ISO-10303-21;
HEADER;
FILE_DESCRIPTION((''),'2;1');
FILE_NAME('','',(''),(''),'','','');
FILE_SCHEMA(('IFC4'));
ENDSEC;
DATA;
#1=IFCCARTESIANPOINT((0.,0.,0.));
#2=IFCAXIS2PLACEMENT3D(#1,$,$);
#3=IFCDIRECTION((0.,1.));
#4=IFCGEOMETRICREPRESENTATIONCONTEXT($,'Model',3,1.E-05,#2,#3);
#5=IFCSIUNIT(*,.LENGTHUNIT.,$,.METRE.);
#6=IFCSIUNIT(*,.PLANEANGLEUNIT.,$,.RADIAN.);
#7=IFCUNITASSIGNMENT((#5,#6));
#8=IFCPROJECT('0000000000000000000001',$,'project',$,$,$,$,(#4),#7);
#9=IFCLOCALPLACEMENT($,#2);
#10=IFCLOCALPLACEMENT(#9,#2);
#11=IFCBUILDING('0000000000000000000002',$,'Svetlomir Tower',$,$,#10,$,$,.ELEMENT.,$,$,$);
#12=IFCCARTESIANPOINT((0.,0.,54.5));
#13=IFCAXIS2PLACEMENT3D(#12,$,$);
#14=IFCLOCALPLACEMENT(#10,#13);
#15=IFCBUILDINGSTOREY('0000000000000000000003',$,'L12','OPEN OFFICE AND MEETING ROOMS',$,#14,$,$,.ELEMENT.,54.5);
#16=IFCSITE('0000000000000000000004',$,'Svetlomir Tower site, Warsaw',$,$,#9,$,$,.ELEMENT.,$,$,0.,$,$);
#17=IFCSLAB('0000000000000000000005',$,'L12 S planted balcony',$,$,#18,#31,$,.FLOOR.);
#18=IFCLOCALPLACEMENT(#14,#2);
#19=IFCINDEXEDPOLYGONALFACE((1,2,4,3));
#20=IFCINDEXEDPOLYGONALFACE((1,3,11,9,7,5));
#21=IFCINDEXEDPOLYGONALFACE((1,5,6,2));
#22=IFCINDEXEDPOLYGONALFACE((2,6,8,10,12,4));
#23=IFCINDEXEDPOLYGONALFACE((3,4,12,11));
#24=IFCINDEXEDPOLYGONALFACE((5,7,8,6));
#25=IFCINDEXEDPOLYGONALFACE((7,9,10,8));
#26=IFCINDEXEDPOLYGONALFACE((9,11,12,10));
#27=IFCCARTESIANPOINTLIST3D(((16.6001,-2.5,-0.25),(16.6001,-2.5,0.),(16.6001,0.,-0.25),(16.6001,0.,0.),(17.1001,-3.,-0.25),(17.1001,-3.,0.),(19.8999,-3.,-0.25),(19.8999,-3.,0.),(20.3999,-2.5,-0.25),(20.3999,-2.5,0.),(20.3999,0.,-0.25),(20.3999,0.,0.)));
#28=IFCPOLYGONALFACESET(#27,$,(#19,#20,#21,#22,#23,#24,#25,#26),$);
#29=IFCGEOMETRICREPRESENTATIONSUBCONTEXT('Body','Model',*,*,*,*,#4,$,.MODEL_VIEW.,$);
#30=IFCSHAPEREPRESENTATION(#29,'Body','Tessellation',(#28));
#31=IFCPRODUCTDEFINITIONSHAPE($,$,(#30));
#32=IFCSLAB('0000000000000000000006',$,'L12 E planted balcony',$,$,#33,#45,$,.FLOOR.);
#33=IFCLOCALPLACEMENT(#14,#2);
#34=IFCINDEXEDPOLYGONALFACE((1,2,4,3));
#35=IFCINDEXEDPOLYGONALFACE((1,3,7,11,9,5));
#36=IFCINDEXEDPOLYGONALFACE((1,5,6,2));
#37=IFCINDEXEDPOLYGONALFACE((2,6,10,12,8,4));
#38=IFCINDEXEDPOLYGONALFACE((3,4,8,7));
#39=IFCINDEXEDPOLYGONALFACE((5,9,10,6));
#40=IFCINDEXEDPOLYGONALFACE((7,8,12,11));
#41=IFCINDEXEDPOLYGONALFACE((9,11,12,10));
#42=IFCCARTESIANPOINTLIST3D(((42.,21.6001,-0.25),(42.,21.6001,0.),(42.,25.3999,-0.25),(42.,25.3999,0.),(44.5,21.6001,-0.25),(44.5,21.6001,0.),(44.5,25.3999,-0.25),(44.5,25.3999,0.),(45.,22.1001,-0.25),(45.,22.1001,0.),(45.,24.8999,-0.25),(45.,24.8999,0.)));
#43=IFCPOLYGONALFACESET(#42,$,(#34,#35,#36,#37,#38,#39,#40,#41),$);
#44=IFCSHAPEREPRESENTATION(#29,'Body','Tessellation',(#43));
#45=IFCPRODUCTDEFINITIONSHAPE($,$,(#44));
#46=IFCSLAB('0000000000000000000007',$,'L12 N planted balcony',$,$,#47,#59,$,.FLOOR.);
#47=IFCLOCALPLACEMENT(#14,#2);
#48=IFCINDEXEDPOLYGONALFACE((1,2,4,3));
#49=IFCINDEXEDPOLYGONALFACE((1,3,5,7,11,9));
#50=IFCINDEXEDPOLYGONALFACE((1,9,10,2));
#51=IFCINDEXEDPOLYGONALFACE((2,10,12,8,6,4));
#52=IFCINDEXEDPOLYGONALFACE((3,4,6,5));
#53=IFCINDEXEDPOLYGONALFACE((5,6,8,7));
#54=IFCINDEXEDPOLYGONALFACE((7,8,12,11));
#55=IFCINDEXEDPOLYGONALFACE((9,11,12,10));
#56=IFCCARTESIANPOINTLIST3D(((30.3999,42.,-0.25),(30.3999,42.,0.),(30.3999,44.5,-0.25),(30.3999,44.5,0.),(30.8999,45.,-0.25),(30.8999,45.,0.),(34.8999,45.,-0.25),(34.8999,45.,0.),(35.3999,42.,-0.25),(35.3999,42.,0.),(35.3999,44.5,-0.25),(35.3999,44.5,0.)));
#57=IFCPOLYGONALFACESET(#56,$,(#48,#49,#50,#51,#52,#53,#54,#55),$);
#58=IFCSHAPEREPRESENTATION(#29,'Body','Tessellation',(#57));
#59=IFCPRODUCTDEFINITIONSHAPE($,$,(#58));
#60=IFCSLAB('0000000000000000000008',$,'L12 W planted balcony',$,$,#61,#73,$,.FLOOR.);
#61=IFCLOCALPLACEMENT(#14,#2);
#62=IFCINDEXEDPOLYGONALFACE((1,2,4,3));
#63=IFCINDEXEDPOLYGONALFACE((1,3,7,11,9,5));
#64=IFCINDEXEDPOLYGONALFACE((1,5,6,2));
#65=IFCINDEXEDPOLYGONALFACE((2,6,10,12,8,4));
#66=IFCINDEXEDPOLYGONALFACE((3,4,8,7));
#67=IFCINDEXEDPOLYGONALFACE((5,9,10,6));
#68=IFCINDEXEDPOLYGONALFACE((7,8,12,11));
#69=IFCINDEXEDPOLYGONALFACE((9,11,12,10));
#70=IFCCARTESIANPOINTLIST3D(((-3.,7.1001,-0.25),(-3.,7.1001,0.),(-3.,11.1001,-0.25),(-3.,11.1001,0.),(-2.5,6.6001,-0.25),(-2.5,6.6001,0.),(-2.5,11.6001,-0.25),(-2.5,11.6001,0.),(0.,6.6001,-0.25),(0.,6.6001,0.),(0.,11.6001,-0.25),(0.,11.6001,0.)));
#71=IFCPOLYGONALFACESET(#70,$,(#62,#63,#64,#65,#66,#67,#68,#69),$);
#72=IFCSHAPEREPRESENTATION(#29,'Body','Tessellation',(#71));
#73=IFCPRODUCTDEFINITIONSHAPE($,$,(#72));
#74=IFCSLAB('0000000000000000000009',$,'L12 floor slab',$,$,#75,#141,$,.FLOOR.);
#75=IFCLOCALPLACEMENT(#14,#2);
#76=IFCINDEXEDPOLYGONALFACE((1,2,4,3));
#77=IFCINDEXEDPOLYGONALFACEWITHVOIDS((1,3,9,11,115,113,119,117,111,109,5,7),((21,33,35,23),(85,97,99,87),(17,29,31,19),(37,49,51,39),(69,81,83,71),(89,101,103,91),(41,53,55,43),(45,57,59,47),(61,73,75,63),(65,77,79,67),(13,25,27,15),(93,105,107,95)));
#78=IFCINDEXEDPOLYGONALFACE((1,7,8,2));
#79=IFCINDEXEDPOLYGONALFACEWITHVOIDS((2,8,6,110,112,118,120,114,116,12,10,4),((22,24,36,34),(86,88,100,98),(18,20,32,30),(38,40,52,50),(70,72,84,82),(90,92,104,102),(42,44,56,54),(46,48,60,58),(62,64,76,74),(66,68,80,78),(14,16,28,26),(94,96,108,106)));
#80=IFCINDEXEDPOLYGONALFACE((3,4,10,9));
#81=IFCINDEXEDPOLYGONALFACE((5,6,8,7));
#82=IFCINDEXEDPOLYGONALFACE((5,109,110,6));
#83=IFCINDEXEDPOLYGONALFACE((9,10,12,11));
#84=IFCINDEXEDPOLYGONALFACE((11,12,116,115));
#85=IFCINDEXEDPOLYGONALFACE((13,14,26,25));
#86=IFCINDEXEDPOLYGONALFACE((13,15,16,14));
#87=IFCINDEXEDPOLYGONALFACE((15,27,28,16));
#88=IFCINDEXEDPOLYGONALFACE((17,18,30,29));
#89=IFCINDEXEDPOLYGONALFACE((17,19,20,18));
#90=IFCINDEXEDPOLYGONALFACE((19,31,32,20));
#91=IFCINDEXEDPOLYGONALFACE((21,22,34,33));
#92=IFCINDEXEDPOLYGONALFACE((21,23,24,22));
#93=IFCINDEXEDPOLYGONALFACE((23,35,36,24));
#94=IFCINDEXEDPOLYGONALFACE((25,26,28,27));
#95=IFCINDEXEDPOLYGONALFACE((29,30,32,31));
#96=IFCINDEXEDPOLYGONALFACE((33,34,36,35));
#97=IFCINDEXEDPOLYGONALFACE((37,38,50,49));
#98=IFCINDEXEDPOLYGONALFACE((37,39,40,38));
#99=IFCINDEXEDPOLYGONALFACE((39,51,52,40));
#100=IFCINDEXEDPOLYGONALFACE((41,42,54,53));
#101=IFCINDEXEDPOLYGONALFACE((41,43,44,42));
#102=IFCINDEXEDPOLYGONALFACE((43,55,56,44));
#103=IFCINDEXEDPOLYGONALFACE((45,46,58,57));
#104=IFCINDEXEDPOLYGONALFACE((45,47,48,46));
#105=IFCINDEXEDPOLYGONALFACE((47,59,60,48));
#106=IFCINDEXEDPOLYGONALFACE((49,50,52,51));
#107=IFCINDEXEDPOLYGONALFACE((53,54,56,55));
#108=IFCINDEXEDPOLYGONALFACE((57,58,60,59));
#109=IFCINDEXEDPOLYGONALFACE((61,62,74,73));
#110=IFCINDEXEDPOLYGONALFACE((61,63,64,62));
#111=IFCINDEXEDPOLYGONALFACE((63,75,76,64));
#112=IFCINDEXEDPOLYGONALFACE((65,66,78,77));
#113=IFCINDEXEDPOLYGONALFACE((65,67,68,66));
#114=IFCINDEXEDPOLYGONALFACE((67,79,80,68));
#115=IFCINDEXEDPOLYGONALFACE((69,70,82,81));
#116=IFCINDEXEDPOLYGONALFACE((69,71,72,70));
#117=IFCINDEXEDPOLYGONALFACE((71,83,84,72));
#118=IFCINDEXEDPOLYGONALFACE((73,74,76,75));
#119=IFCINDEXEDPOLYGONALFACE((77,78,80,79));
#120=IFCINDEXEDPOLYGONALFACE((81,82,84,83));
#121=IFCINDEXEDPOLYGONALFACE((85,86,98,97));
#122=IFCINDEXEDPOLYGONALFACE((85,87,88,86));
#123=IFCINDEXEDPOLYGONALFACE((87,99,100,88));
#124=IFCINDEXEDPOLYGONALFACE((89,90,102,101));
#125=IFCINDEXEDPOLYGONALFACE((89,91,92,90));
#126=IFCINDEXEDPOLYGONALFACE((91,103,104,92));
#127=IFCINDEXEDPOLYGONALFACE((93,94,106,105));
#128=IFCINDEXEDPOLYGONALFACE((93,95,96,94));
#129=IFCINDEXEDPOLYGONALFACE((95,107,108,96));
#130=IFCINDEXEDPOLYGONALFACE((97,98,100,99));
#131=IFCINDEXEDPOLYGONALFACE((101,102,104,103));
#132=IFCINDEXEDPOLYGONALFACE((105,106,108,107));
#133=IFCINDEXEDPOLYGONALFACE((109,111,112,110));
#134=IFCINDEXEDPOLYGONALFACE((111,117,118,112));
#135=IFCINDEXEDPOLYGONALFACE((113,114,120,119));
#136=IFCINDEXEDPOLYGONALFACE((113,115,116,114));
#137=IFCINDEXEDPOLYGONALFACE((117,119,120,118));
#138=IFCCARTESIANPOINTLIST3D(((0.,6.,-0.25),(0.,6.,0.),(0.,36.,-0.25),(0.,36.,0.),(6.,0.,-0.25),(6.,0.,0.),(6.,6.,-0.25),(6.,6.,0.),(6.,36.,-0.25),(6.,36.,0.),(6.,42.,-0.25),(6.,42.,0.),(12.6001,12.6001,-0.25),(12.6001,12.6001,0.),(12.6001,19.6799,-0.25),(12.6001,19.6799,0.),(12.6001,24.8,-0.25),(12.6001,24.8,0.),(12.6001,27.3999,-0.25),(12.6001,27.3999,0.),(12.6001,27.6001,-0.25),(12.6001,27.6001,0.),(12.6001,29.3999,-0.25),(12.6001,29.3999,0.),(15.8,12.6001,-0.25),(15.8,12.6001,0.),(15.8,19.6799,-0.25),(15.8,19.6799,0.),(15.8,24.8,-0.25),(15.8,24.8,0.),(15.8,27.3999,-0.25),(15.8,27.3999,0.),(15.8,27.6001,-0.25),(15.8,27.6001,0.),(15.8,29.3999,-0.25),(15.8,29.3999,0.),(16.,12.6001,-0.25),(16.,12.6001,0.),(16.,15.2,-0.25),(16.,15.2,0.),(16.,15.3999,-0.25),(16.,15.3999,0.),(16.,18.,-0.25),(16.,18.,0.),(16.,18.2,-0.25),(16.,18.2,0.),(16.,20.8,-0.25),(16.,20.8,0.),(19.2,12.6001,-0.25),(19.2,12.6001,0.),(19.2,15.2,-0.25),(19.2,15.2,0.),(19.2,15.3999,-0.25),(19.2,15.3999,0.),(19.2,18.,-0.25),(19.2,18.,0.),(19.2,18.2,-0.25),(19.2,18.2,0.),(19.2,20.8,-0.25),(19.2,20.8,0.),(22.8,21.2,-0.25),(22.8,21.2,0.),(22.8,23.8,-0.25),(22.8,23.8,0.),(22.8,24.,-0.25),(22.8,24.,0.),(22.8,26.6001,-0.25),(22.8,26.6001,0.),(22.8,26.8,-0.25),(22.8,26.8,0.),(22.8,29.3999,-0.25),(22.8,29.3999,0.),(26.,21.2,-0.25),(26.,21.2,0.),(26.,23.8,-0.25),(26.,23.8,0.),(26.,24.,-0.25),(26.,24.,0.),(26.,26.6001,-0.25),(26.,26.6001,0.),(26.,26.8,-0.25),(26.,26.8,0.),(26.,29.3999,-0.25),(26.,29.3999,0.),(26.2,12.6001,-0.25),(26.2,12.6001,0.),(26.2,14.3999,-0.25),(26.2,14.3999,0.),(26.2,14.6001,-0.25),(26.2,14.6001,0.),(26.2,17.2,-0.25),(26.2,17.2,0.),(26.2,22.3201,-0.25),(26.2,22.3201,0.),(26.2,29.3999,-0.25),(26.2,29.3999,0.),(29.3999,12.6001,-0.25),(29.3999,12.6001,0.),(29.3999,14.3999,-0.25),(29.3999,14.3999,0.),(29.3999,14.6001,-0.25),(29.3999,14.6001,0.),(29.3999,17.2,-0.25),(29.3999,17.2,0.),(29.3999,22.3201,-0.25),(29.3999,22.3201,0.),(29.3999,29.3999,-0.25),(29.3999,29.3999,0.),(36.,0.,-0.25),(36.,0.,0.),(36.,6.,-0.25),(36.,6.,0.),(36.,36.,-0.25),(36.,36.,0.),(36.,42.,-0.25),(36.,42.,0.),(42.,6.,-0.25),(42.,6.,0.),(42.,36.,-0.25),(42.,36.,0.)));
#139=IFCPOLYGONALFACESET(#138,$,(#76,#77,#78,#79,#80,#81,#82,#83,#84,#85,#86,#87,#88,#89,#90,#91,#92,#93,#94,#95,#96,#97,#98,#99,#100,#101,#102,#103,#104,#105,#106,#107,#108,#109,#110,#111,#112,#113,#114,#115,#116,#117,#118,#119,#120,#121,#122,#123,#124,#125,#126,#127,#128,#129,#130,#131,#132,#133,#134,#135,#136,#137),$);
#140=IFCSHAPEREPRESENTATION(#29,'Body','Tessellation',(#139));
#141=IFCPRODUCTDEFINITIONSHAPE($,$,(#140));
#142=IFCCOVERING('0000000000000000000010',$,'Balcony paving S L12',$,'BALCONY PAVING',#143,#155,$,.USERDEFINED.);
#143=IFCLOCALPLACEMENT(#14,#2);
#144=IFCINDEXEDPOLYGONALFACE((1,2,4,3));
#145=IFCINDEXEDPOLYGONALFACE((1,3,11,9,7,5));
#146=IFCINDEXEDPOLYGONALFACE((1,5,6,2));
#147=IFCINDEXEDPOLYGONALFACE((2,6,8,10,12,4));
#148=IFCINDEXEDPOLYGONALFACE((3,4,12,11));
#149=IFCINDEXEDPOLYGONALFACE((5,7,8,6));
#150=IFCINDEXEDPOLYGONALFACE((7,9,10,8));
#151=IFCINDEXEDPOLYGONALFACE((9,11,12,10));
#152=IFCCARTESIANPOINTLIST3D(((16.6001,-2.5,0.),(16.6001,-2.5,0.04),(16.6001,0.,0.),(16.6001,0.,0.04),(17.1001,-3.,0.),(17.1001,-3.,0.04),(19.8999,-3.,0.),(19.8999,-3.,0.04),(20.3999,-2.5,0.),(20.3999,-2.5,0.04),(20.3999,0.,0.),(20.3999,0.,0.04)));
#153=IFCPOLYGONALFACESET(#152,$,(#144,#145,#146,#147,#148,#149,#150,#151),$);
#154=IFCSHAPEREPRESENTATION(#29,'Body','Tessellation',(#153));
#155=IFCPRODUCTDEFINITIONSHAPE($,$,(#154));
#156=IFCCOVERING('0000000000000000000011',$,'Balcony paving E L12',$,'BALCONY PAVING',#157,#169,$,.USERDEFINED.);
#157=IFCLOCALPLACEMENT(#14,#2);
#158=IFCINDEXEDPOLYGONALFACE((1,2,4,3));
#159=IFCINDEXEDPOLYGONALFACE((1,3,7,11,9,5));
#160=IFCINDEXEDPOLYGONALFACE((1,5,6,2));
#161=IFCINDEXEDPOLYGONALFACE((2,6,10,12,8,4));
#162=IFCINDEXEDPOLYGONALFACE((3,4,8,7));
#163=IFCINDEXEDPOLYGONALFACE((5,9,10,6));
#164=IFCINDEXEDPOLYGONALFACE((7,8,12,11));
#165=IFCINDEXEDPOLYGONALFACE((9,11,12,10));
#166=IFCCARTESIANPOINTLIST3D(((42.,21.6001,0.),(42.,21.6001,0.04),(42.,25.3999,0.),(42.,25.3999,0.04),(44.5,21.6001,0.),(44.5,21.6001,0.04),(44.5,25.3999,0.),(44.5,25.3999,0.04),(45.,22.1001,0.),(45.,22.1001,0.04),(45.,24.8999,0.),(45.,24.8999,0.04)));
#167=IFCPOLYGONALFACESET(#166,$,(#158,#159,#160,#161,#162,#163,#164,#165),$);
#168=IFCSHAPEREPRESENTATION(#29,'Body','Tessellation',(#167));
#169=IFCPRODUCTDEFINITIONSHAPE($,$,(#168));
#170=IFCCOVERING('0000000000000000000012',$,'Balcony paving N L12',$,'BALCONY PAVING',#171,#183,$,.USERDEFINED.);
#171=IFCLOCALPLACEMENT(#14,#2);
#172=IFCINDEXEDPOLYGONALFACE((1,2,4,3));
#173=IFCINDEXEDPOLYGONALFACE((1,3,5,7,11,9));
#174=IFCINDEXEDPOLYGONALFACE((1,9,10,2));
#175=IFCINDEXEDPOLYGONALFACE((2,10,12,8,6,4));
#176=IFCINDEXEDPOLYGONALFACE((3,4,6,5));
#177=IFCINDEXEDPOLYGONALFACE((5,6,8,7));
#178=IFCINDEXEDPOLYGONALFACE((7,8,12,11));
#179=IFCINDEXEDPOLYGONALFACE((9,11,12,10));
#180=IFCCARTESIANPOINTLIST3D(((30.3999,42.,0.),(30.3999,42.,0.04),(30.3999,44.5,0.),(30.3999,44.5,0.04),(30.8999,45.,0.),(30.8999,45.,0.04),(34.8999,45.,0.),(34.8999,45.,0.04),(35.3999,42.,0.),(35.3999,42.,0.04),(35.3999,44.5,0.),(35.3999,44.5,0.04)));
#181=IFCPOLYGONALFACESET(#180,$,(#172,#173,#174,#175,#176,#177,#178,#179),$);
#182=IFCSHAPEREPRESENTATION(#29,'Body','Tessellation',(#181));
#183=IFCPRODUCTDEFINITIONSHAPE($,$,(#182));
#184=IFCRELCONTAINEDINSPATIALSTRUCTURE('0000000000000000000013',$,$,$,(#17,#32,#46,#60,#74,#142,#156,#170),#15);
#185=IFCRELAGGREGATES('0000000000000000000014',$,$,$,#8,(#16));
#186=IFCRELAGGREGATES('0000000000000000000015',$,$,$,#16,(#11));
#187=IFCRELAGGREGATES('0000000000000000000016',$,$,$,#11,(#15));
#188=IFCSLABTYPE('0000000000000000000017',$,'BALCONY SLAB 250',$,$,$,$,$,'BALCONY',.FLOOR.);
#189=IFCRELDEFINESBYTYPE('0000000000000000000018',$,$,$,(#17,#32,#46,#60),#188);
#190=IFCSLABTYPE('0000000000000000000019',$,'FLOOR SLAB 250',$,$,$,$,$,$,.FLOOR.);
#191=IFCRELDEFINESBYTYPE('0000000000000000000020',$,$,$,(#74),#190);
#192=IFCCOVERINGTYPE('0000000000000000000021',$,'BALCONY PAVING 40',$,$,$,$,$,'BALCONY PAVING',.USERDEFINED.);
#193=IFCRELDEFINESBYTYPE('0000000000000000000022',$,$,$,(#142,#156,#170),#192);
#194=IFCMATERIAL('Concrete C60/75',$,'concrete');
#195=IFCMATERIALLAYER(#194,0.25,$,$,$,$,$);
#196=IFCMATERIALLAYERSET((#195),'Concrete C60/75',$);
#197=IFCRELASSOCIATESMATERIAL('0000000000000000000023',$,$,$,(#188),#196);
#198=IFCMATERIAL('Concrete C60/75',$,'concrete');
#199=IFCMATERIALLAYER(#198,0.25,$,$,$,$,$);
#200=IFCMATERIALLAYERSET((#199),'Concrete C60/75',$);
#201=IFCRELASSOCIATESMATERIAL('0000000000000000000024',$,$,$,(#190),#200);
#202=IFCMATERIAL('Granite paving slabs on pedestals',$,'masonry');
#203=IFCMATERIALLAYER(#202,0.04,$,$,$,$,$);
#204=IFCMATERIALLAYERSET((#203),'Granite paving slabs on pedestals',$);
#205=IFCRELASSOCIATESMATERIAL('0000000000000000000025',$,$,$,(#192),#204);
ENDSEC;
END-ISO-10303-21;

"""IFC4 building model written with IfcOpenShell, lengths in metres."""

from ifc_helpers import new_model, si_unit, direction, frame, origin, place, context, subcontext, project, spatial, polyline, outline, extrude, material, layer, layer_set, type_object, element, save


model = new_model("IFC4")

# Units and contexts
model_context = context("Model", 3, precision=1e-05, world=origin(), true_north=direction((0.0, 1.0)))
body_context = subcontext(model_context, "Body", "Model", "MODEL_VIEW")
ifc_project = project(units=[si_unit("LENGTHUNIT", "METRE"), si_unit("PLANEANGLEUNIT", "RADIAN")], contexts=[model_context])

# Site, building, storey
site_placement = place(None, origin())
site = spatial("IfcSite", under=ifc_project, at=site_placement, Name="Svetlomir Tower site, Warsaw", CompositionType="ELEMENT", RefElevation=0.0)
building_placement = place(site_placement, origin())
building = spatial("IfcBuilding", under=site, at=building_placement, Name="Svetlomir Tower", CompositionType="ELEMENT")
storey_placement = place(building_placement, frame((0.0, 0.0, 54.5)))
storey = spatial("IfcBuildingStorey", under=building, at=storey_placement, Name="L12", Description="OPEN OFFICE AND MEETING ROOMS", CompositionType="ELEMENT", Elevation=54.5)

# Slabs
ifc_material_1 = material(Name="Concrete C60/75", Category="concrete")
ifc_layer_1 = layer(ifc_material_1, 0.25)
ifc_layer_set_1 = layer_set([ifc_layer_1], Name="Concrete C60/75")
slab_type_1 = type_object("IfcSlabType", Name="BALCONY SLAB 250", ElementType="BALCONY", PredefinedType="FLOOR", material=ifc_layer_set_1)
slab_1_placement = place(storey_placement, frame((0.0, 0.0, -0.25)))
element("IfcSlab", 1, at=slab_1_placement, inside=storey, type_object=slab_type_1, Name="L12 S planted balcony", PredefinedType="FLOOR", context=body_context, shape_type="SweptSolid", body=[
    extrude(outline(polyline([(16.6001, -2.5), (17.1001, -3.0), (19.8999, -3.0), (20.3999, -2.5), (20.3999, 0.0), (16.6001, 0.0), (16.6001, -2.5)])), origin(), (0.0, 0.0, 1.0), 0.25),
])
slab_2_placement = place(storey_placement, frame((0.0, 0.0, -0.25)))
element("IfcSlab", 2, at=slab_2_placement, inside=storey, type_object=slab_type_1, Name="L12 E planted balcony", PredefinedType="FLOOR", context=body_context, shape_type="SweptSolid", body=[
    extrude(outline(polyline([(42.0, 21.6001), (44.5, 21.6001), (45.0, 22.1001), (45.0, 24.8999), (44.5, 25.3999), (42.0, 25.3999), (42.0, 21.6001)])), origin(), (0.0, 0.0, 1.0), 0.25),
])
slab_3_placement = place(storey_placement, frame((0.0, 0.0, -0.25)))
element("IfcSlab", 3, at=slab_3_placement, inside=storey, type_object=slab_type_1, Name="L12 N planted balcony", PredefinedType="FLOOR", context=body_context, shape_type="SweptSolid", body=[
    extrude(outline(polyline([(30.3999, 42.0), (35.3999, 42.0), (35.3999, 44.5), (34.8999, 45.0), (30.8999, 45.0), (30.3999, 44.5), (30.3999, 42.0)])), origin(), (0.0, 0.0, 1.0), 0.25),
])
slab_4_placement = place(storey_placement, frame((0.0, 0.0, -0.25)))
element("IfcSlab", 4, at=slab_4_placement, inside=storey, type_object=slab_type_1, Name="L12 W planted balcony", PredefinedType="FLOOR", context=body_context, shape_type="SweptSolid", body=[
    extrude(outline(polyline([(-2.5, 6.6001), (0.0, 6.6001), (0.0, 11.6001), (-2.5, 11.6001), (-3.0, 11.1001), (-3.0, 7.1001), (-2.5, 6.6001)])), origin(), (0.0, 0.0, 1.0), 0.25),
])
ifc_material_2 = material(Name="Concrete C60/75", Category="concrete")
ifc_layer_2 = layer(ifc_material_2, 0.25)
ifc_layer_set_2 = layer_set([ifc_layer_2], Name="Concrete C60/75")
slab_type_2 = type_object("IfcSlabType", Name="FLOOR SLAB 250", PredefinedType="FLOOR", material=ifc_layer_set_2)
slab_5_placement = place(storey_placement, frame((0.0, 0.0, -0.25)))
element("IfcSlab", 5, at=slab_5_placement, inside=storey, type_object=slab_type_2, Name="L12 floor slab", PredefinedType="FLOOR", context=body_context, shape_type="SweptSolid", body=[
    extrude(outline(polyline([(6.0, 0.0), (36.0, 0.0), (36.0, 6.0), (42.0, 6.0), (42.0, 36.0), (36.0, 36.0), (36.0, 42.0), (6.0, 42.0), (6.0, 36.0), (0.0, 36.0), (0.0, 6.0), (6.0, 6.0), (6.0, 0.0)]), holes=[polyline([(12.6001, 24.8), (15.8, 24.8), (15.8, 27.3999), (12.6001, 27.3999), (12.6001, 24.8)]), polyline([(26.2, 14.6001), (29.3999, 14.6001), (29.3999, 17.2), (26.2, 17.2), (26.2, 14.6001)]), polyline([(16.0, 12.6001), (19.2, 12.6001), (19.2, 15.2), (16.0, 15.2), (16.0, 12.6001)]), polyline([(16.0, 15.3999), (19.2, 15.3999), (19.2, 18.0), (16.0, 18.0), (16.0, 15.3999)]), polyline([(16.0, 18.2), (19.2, 18.2), (19.2, 20.8), (16.0, 20.8), (16.0, 18.2)]), polyline([(22.8, 21.2), (26.0, 21.2), (26.0, 23.8), (22.8, 23.8), (22.8, 21.2)]), polyline([(22.8, 24.0), (26.0, 24.0), (26.0, 26.6001), (22.8, 26.6001), (22.8, 24.0)]), polyline([(22.8, 26.8), (26.0, 26.8), (26.0, 29.3999), (22.8, 29.3999), (22.8, 26.8)]), polyline([(12.6001, 27.6001), (15.8, 27.6001), (15.8, 29.3999), (12.6001, 29.3999), (12.6001, 27.6001)]), polyline([(26.2, 12.6001), (29.3999, 12.6001), (29.3999, 14.3999), (26.2, 14.3999), (26.2, 12.6001)]), polyline([(12.6001, 12.6001), (15.8, 12.6001), (15.8, 19.6799), (12.6001, 19.6799), (12.6001, 12.6001)]), polyline([(26.2, 22.3201), (29.3999, 22.3201), (29.3999, 29.3999), (26.2, 29.3999), (26.2, 22.3201)])]), origin(), (0.0, 0.0, 1.0), 0.25),
])

# Coverings
ifc_material_3 = material(Name="Granite paving slabs on pedestals", Category="masonry")
ifc_layer_3 = layer(ifc_material_3, 0.04)
ifc_layer_set_3 = layer_set([ifc_layer_3], Name="Granite paving slabs on pedestals")
covering_type_1 = type_object("IfcCoveringType", Name="BALCONY PAVING 40", ElementType="BALCONY PAVING", PredefinedType="USERDEFINED", material=ifc_layer_set_3)
covering_1_placement = place(storey_placement, origin())
element("IfcCovering", 6, at=covering_1_placement, inside=storey, type_object=covering_type_1, Name="Balcony paving S L12", ObjectType="BALCONY PAVING", PredefinedType="USERDEFINED", context=body_context, shape_type="SweptSolid", body=[
    extrude(outline(polyline([(16.6001, -2.5), (17.1001, -3.0), (19.8999, -3.0), (20.3999, -2.5), (20.3999, 0.0), (16.6001, 0.0), (16.6001, -2.5)])), origin(), (0.0, 0.0, 1.0), 0.04),
])
covering_2_placement = place(storey_placement, origin())
element("IfcCovering", 7, at=covering_2_placement, inside=storey, type_object=covering_type_1, Name="Balcony paving E L12", ObjectType="BALCONY PAVING", PredefinedType="USERDEFINED", context=body_context, shape_type="SweptSolid", body=[
    extrude(outline(polyline([(42.0, 21.6001), (44.5, 21.6001), (45.0, 22.1001), (45.0, 24.8999), (44.5, 25.3999), (42.0, 25.3999), (42.0, 21.6001)])), origin(), (0.0, 0.0, 1.0), 0.04),
])
covering_3_placement = place(storey_placement, origin())
element("IfcCovering", 8, at=covering_3_placement, inside=storey, type_object=covering_type_1, Name="Balcony paving N L12", ObjectType="BALCONY PAVING", PredefinedType="USERDEFINED", context=body_context, shape_type="SweptSolid", body=[
    extrude(outline(polyline([(30.3999, 42.0), (35.3999, 42.0), (35.3999, 44.5), (34.8999, 45.0), (30.8999, 45.0), (30.3999, 44.5), (30.3999, 42.0)])), origin(), (0.0, 0.0, 1.0), 0.04),
])

save(model, "model.ifc")
